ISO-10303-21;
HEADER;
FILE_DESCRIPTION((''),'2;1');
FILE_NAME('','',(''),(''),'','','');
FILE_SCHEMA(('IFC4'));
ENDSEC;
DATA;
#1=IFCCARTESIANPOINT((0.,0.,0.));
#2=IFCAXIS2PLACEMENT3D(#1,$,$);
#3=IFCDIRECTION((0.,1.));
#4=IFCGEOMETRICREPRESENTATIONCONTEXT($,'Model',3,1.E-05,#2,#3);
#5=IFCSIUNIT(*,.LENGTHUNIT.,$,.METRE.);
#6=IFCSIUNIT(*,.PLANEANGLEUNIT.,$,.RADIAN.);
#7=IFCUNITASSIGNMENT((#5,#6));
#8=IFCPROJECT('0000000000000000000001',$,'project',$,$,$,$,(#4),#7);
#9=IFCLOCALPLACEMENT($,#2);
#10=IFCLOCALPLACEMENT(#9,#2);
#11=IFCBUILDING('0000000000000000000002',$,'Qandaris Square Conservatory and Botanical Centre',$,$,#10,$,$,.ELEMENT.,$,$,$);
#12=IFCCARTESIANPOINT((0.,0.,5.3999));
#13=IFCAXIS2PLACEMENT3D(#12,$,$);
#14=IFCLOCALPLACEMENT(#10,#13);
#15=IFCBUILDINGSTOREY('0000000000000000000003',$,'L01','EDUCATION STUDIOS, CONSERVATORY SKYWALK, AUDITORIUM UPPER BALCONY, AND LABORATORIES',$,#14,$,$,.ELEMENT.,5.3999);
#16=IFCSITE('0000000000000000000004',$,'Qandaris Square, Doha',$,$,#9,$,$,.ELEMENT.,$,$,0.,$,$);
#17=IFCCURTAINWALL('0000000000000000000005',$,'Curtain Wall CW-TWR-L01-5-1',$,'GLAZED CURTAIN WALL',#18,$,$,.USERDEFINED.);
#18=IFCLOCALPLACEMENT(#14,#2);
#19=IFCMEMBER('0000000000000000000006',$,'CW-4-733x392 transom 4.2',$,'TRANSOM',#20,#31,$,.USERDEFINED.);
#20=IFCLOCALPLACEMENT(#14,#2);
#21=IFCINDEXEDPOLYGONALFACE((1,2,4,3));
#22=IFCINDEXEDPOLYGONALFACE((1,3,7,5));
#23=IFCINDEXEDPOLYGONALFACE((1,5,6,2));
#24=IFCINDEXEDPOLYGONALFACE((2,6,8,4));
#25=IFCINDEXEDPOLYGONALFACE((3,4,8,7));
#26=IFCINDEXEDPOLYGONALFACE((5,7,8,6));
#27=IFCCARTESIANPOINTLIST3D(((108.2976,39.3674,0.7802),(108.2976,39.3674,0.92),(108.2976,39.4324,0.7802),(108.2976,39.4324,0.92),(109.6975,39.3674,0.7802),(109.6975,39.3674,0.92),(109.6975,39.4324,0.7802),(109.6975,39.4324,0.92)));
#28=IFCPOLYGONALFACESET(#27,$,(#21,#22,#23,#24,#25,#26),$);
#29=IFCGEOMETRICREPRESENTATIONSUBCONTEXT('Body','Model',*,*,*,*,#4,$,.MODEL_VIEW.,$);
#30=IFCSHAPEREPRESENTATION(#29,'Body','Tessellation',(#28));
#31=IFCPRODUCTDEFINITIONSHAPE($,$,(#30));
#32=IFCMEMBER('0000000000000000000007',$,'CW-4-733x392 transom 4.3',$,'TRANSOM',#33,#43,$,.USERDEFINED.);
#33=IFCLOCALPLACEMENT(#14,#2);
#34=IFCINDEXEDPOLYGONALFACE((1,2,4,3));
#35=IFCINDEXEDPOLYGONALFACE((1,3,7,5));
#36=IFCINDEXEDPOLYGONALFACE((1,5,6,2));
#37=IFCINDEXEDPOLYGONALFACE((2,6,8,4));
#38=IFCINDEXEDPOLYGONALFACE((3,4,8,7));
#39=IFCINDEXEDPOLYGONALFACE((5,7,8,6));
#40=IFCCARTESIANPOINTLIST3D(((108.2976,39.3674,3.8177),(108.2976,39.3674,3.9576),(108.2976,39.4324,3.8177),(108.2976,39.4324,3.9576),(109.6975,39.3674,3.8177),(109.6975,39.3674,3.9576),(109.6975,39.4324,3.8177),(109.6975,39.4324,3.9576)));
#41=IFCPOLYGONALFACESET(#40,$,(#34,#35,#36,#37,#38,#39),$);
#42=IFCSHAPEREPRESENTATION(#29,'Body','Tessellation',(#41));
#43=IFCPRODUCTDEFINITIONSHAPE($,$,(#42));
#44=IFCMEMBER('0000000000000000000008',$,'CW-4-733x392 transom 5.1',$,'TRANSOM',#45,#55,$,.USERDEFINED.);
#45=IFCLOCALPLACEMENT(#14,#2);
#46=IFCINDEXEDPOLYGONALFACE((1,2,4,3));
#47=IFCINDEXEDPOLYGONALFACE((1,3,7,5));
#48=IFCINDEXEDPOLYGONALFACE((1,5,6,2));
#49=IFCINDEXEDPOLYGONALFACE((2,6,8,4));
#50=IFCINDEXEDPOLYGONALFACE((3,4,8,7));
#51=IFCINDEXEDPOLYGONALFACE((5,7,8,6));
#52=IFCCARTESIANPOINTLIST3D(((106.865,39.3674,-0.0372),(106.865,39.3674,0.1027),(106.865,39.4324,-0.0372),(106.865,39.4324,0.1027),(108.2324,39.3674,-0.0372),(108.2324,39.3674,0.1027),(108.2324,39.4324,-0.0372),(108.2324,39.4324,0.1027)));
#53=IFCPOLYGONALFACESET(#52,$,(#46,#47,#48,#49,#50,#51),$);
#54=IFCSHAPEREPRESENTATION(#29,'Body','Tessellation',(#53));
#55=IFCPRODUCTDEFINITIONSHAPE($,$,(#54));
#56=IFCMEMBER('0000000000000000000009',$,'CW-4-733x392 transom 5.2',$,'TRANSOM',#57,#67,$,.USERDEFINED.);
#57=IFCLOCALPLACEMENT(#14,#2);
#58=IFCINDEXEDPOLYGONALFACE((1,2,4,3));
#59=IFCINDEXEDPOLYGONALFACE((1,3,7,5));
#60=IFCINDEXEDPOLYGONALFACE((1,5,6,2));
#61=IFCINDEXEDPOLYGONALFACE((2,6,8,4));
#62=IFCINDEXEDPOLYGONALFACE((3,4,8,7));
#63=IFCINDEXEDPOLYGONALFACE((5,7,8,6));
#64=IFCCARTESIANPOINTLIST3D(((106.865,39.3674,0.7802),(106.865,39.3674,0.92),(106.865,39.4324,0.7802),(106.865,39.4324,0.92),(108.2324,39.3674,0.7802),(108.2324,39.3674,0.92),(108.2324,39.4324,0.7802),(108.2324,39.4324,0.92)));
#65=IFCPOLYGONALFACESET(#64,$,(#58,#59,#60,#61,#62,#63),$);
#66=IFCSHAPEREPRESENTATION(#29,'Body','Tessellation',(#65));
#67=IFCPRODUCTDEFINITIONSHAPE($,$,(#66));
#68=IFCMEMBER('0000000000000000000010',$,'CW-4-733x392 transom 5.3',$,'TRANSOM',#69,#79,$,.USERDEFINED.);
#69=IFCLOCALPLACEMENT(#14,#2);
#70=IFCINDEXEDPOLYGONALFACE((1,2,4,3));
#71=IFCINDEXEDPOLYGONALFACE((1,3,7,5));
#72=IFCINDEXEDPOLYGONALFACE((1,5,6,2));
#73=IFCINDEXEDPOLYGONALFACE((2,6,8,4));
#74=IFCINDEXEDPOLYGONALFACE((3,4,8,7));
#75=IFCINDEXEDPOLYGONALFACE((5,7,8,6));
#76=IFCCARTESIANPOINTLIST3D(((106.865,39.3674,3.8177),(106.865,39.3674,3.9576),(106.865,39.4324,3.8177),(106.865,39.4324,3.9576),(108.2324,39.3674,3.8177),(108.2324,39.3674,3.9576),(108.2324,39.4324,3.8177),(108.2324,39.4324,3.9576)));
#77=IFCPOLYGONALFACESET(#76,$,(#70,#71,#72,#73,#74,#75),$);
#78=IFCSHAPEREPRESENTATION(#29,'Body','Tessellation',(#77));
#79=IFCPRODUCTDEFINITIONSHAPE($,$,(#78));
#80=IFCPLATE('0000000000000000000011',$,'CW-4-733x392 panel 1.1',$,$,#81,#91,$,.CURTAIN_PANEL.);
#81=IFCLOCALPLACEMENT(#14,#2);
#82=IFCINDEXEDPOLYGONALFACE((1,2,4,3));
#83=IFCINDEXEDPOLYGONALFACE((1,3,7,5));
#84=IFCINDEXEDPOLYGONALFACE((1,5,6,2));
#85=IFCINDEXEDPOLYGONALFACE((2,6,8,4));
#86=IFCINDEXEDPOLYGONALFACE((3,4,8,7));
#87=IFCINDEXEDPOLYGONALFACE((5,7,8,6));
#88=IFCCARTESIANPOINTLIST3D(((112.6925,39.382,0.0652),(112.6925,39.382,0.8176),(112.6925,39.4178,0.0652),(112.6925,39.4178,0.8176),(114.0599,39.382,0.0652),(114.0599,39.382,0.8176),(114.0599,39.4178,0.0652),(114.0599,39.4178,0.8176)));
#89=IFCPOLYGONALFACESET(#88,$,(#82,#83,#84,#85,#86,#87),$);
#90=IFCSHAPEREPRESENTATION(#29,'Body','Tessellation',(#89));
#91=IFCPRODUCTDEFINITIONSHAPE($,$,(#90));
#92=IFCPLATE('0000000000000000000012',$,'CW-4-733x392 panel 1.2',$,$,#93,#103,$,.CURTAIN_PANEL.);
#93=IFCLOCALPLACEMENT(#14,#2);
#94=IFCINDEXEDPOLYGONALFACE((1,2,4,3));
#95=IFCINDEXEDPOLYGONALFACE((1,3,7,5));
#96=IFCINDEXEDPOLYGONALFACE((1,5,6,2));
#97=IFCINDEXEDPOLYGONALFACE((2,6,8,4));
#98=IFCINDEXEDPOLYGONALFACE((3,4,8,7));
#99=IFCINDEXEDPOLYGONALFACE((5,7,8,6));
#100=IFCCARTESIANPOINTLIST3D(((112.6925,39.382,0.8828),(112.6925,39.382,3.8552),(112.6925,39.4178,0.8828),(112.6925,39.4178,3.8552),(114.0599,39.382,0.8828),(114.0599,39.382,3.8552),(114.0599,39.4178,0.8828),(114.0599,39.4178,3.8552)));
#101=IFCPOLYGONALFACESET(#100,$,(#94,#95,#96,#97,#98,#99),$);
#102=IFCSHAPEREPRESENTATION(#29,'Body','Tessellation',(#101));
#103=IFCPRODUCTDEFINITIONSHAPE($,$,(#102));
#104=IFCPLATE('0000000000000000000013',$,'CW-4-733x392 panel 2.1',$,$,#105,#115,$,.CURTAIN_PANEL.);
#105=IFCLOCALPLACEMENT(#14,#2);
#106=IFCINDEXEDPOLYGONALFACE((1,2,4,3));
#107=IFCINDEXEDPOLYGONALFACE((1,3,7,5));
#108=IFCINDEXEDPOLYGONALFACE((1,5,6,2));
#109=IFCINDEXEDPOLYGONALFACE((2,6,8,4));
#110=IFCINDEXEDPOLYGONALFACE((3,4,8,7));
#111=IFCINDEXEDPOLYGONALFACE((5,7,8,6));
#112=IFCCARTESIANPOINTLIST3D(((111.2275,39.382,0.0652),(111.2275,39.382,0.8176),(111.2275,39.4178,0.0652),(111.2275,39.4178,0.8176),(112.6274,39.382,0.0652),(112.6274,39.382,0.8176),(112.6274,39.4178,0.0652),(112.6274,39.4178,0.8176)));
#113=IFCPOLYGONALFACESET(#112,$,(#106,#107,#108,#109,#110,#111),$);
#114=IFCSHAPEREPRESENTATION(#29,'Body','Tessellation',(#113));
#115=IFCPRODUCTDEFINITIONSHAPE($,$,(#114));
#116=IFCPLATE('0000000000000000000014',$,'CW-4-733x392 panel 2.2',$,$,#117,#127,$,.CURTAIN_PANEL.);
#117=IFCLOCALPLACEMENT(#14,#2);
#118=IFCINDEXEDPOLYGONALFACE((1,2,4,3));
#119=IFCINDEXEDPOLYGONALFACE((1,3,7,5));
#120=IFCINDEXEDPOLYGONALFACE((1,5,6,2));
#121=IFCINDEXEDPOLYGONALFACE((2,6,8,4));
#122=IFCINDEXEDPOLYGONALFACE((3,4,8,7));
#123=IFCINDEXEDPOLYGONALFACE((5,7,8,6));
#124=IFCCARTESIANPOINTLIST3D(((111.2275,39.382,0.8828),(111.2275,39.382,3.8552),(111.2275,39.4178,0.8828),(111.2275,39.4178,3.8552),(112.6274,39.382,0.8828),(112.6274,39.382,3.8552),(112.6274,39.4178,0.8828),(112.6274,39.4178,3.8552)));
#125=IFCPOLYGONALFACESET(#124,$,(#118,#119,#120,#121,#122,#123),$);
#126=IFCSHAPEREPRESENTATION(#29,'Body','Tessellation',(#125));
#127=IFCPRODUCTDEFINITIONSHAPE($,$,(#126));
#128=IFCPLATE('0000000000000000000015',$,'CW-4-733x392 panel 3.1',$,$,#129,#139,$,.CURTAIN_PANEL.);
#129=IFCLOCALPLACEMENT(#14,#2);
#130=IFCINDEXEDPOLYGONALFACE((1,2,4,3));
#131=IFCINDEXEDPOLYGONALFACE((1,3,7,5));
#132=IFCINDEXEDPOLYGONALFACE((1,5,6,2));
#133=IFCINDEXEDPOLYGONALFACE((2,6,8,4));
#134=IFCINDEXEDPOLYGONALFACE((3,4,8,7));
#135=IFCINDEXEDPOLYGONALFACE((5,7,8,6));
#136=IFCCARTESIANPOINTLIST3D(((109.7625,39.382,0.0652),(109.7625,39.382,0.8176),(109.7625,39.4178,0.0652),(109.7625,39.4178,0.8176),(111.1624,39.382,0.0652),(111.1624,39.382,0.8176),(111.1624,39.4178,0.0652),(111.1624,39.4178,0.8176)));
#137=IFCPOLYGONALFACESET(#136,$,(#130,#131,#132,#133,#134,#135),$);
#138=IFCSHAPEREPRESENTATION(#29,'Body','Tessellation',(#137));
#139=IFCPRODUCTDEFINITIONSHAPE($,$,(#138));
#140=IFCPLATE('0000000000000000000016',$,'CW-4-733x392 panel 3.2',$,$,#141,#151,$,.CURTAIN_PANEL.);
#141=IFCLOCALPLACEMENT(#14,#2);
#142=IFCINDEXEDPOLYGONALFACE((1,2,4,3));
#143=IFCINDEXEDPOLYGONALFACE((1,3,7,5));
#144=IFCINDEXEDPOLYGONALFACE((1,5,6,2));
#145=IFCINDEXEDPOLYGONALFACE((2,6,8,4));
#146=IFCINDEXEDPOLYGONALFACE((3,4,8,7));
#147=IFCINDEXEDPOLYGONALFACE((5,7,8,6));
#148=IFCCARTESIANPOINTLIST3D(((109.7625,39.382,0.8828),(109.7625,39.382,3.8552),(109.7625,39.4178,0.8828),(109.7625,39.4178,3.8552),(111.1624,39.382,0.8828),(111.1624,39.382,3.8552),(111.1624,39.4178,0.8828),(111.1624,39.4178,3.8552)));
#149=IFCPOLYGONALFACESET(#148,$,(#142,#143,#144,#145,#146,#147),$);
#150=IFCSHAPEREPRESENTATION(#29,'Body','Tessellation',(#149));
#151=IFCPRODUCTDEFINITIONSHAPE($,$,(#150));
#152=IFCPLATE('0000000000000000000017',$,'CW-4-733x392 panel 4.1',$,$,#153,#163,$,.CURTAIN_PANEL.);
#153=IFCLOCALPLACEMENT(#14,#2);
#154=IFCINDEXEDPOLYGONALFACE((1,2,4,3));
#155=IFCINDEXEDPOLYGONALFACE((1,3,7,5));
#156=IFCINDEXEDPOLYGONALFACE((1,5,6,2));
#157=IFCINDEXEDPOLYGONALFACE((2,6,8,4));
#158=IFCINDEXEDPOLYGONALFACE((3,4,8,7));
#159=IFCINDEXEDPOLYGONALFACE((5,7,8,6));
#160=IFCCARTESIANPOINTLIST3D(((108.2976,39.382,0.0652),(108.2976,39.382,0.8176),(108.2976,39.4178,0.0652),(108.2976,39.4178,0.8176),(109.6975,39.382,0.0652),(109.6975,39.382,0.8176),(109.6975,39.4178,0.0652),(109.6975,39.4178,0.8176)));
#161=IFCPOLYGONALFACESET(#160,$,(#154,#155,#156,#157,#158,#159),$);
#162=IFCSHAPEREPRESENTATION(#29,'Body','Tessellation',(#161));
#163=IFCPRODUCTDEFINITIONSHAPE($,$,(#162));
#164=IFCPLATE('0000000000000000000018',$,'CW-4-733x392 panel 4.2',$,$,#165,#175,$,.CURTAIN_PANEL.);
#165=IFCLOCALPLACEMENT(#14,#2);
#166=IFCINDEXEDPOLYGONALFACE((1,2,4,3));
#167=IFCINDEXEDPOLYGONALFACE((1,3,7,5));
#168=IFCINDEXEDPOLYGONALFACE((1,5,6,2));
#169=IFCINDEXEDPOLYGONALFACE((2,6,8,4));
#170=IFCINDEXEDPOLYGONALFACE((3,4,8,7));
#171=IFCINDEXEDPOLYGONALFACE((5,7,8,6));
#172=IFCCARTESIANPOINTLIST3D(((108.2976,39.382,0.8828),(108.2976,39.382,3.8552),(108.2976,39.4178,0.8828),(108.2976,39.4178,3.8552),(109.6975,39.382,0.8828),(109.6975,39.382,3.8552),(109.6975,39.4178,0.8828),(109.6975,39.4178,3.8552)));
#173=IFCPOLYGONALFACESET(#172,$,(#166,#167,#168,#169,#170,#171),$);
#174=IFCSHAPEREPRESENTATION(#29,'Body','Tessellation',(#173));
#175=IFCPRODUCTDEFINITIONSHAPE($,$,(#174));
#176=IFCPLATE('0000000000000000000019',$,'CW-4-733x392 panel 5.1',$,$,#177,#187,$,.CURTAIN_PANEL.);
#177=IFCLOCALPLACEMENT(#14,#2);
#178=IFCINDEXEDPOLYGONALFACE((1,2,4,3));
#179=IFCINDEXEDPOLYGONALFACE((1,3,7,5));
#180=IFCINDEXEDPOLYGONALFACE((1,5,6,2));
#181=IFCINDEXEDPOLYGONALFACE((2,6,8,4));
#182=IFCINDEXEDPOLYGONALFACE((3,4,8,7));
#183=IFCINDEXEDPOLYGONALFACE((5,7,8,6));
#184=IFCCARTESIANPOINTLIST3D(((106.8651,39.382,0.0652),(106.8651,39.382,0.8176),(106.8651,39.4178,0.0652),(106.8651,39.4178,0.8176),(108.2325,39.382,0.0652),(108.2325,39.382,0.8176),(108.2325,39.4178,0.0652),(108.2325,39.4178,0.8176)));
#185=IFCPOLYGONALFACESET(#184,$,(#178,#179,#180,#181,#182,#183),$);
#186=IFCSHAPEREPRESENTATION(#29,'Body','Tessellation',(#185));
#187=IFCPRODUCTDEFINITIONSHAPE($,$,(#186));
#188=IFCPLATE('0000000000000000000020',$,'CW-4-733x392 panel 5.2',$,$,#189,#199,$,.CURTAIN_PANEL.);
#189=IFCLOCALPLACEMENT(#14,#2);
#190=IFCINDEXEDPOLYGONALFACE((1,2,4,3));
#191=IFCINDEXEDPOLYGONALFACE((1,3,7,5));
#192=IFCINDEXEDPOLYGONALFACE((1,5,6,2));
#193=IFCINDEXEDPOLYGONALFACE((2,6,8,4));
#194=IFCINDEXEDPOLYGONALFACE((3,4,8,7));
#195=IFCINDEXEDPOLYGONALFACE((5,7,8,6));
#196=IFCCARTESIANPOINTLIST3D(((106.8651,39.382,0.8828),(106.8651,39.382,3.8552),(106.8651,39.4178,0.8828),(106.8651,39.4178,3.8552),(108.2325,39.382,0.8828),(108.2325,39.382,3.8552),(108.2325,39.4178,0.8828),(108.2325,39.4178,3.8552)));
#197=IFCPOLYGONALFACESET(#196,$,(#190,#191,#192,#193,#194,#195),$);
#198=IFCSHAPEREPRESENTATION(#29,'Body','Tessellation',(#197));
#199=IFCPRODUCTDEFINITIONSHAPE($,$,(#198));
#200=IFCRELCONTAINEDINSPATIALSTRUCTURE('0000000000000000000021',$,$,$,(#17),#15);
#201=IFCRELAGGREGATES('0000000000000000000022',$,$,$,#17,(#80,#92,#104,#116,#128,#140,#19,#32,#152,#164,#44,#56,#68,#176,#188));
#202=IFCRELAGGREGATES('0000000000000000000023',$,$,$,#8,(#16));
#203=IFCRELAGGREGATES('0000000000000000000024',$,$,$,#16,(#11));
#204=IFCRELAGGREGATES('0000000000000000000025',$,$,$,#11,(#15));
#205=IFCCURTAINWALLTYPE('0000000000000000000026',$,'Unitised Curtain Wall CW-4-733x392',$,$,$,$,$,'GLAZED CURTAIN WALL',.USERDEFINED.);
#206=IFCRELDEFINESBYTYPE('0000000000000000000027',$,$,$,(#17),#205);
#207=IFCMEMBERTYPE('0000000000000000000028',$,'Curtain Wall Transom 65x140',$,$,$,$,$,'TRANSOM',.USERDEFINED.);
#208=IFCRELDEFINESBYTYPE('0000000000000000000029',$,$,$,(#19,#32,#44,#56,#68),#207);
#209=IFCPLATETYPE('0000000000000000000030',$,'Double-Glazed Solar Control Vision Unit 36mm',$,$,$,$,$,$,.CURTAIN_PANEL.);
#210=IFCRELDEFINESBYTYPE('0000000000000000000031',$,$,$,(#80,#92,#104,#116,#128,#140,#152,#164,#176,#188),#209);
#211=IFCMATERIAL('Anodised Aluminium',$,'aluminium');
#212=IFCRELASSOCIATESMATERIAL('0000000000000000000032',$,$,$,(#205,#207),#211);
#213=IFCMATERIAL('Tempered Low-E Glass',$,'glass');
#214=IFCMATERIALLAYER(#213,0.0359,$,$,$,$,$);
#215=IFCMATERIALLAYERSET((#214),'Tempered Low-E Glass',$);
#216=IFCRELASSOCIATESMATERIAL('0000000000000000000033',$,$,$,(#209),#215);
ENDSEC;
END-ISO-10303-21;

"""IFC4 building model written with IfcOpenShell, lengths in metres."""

from ifc_helpers import new_model, si_unit, direction, frame, origin, origin_2d, place, context, subcontext, project, spatial, rectangle, extrude, material, layer, layer_set, material_profile, profile_set, type_object, element, aggregate, save


model = new_model("IFC4")

# Units and contexts
model_context = context("Model", 3, precision=1e-05, world=origin(), true_north=direction((0.0, 1.0)))
body_context = subcontext(model_context, "Body", "Model", "MODEL_VIEW")
ifc_project = project(units=[si_unit("LENGTHUNIT", "METRE"), si_unit("PLANEANGLEUNIT", "RADIAN")], contexts=[model_context])

# Site, building, storey
site_placement = place(None, origin())
site = spatial("IfcSite", under=ifc_project, at=site_placement, Name="Qandaris Square, Doha", CompositionType="ELEMENT", RefElevation=0.0)
building_placement = place(site_placement, origin())
building = spatial("IfcBuilding", under=site, at=building_placement, Name="Qandaris Square Conservatory and Botanical Centre", CompositionType="ELEMENT")
storey_placement = place(building_placement, frame((0.0, 0.0, 5.3999)))
storey = spatial("IfcBuildingStorey", under=building, at=storey_placement, Name="L01", Description="EDUCATION STUDIOS, CONSERVATORY SKYWALK, AUDITORIUM UPPER BALCONY, AND LABORATORIES", CompositionType="ELEMENT", Elevation=5.3999)

# Curtain wall, members, plates
ifc_material_1 = material(Name="Anodised Aluminium", Category="aluminium")
curtain_wall_type = type_object("IfcCurtainWallType", Name="Unitised Curtain Wall CW-4-733x392", ElementType="GLAZED CURTAIN WALL", PredefinedType="USERDEFINED", material=ifc_material_1)
curtain_wall_placement = place(storey_placement, origin())
curtain_wall = element("IfcCurtainWall", 1, at=curtain_wall_placement, inside=storey, type_object=curtain_wall_type, Name="Curtain Wall CW-TWR-L01-5-1", ObjectType="GLAZED CURTAIN WALL", PredefinedType="USERDEFINED")
ifc_material_profile_1 = material_profile(ifc_material_1, rectangle(XDim=0.0649, YDim=0.1399, at=origin_2d()), Name="ALU-TRN 65x140")
ifc_profile_set_1 = profile_set([ifc_material_profile_1], Name="Anodised Aluminium")
member_type_1 = type_object("IfcMemberType", Name="Curtain Wall Transom 65x140", ElementType="TRANSOM", PredefinedType="USERDEFINED", material=ifc_profile_set_1)
member_1_placement = place(storey_placement, frame((109.6975, 39.3999, 0.8501), z_axis=(-1.0, 0.0, 0.0), x_axis=(0.0, -1.0, 0.0)))
member_1 = element("IfcMember", 2, at=member_1_placement, type_object=member_type_1, Name="CW-4-733x392 transom 4.2", ObjectType="TRANSOM", PredefinedType="USERDEFINED", context=body_context, shape_type="SweptSolid", body=[
    extrude(rectangle(XDim=0.0649, YDim=0.1399, at=origin_2d()), origin(), (0.0, 0.0, 1.0), 1.3999),
])
member_2_placement = place(storey_placement, frame((109.6975, 39.3999, 3.8877), z_axis=(-1.0, 0.0, 0.0), x_axis=(0.0, -1.0, 0.0)))
member_2 = element("IfcMember", 3, at=member_2_placement, type_object=member_type_1, Name="CW-4-733x392 transom 4.3", ObjectType="TRANSOM", PredefinedType="USERDEFINED", context=body_context, shape_type="SweptSolid", body=[
    extrude(rectangle(XDim=0.0649, YDim=0.1399, at=origin_2d()), origin(), (0.0, 0.0, 1.0), 1.3999),
])
member_3_placement = place(storey_placement, frame((108.2324, 39.3999, 0.0327), z_axis=(-1.0, 0.0, 0.0), x_axis=(0.0, -1.0, 0.0)))
member_3 = element("IfcMember", 4, at=member_3_placement, type_object=member_type_1, Name="CW-4-733x392 transom 5.1", ObjectType="TRANSOM", PredefinedType="USERDEFINED", context=body_context, shape_type="SweptSolid", body=[
    extrude(rectangle(XDim=0.0649, YDim=0.1399, at=origin_2d()), origin(), (0.0, 0.0, 1.0), 1.3674),
])
member_4_placement = place(storey_placement, frame((108.2324, 39.3999, 0.8501), z_axis=(-1.0, 0.0, 0.0), x_axis=(0.0, -1.0, 0.0)))
member_4 = element("IfcMember", 5, at=member_4_placement, type_object=member_type_1, Name="CW-4-733x392 transom 5.2", ObjectType="TRANSOM", PredefinedType="USERDEFINED", context=body_context, shape_type="SweptSolid", body=[
    extrude(rectangle(XDim=0.0649, YDim=0.1399, at=origin_2d()), origin(), (0.0, 0.0, 1.0), 1.3674),
])
member_5_placement = place(storey_placement, frame((108.2324, 39.3999, 3.8877), z_axis=(-1.0, 0.0, 0.0), x_axis=(0.0, -1.0, 0.0)))
member_5 = element("IfcMember", 6, at=member_5_placement, type_object=member_type_1, Name="CW-4-733x392 transom 5.3", ObjectType="TRANSOM", PredefinedType="USERDEFINED", context=body_context, shape_type="SweptSolid", body=[
    extrude(rectangle(XDim=0.0649, YDim=0.1399, at=origin_2d()), origin(), (0.0, 0.0, 1.0), 1.3674),
])
ifc_material_2 = material(Name="Tempered Low-E Glass", Category="glass")
ifc_layer = layer(ifc_material_2, 0.0359)
ifc_layer_set = layer_set([ifc_layer], Name="Tempered Low-E Glass")
plate_type = type_object("IfcPlateType", Name="Double-Glazed Solar Control Vision Unit 36mm", PredefinedType="CURTAIN_PANEL", material=ifc_layer_set)
plate_1_placement = place(storey_placement, frame((113.3762, 39.3999, 0.0652), z_axis=(0.0, 0.0, 1.0), x_axis=(-1.0, 0.0, 0.0)))
plate_1 = element("IfcPlate", 7, at=plate_1_placement, type_object=plate_type, Name="CW-4-733x392 panel 1.1", PredefinedType="CURTAIN_PANEL", context=body_context, shape_type="SweptSolid", body=[
    extrude(rectangle(XDim=1.3674, YDim=0.0359, at=origin_2d()), origin(), (0.0, 0.0, 1.0), 0.7524),
])
plate_2_placement = place(storey_placement, frame((113.3762, 39.3999, 0.8828), z_axis=(0.0, 0.0, 1.0), x_axis=(-1.0, 0.0, 0.0)))
plate_2 = element("IfcPlate", 8, at=plate_2_placement, type_object=plate_type, Name="CW-4-733x392 panel 1.2", PredefinedType="CURTAIN_PANEL", context=body_context, shape_type="SweptSolid", body=[
    extrude(rectangle(XDim=1.3674, YDim=0.0359, at=origin_2d()), origin(), (0.0, 0.0, 1.0), 2.9724),
])
plate_3_placement = place(storey_placement, frame((111.9275, 39.3999, 0.0652), z_axis=(0.0, 0.0, 1.0), x_axis=(-1.0, 0.0, 0.0)))
plate_3 = element("IfcPlate", 9, at=plate_3_placement, type_object=plate_type, Name="CW-4-733x392 panel 2.1", PredefinedType="CURTAIN_PANEL", context=body_context, shape_type="SweptSolid", body=[
    extrude(rectangle(XDim=1.3999, YDim=0.0359, at=origin_2d()), origin(), (0.0, 0.0, 1.0), 0.7524),
])
plate_4_placement = place(storey_placement, frame((111.9275, 39.3999, 0.8828), z_axis=(0.0, 0.0, 1.0), x_axis=(-1.0, 0.0, 0.0)))
plate_4 = element("IfcPlate", 10, at=plate_4_placement, type_object=plate_type, Name="CW-4-733x392 panel 2.2", PredefinedType="CURTAIN_PANEL", context=body_context, shape_type="SweptSolid", body=[
    extrude(rectangle(XDim=1.3999, YDim=0.0359, at=origin_2d()), origin(), (0.0, 0.0, 1.0), 2.9724),
])
plate_5_placement = place(storey_placement, frame((110.4624, 39.3999, 0.0652), z_axis=(0.0, 0.0, 1.0), x_axis=(-1.0, 0.0, 0.0)))
plate_5 = element("IfcPlate", 11, at=plate_5_placement, type_object=plate_type, Name="CW-4-733x392 panel 3.1", PredefinedType="CURTAIN_PANEL", context=body_context, shape_type="SweptSolid", body=[
    extrude(rectangle(XDim=1.3999, YDim=0.0359, at=origin_2d()), origin(), (0.0, 0.0, 1.0), 0.7524),
])
plate_6_placement = place(storey_placement, frame((110.4624, 39.3999, 0.8828), z_axis=(0.0, 0.0, 1.0), x_axis=(-1.0, 0.0, 0.0)))
plate_6 = element("IfcPlate", 12, at=plate_6_placement, type_object=plate_type, Name="CW-4-733x392 panel 3.2", PredefinedType="CURTAIN_PANEL", context=body_context, shape_type="SweptSolid", body=[
    extrude(rectangle(XDim=1.3999, YDim=0.0359, at=origin_2d()), origin(), (0.0, 0.0, 1.0), 2.9724),
])
plate_7_placement = place(storey_placement, frame((108.9976, 39.3999, 0.0652), z_axis=(0.0, 0.0, 1.0), x_axis=(-1.0, 0.0, 0.0)))
plate_7 = element("IfcPlate", 13, at=plate_7_placement, type_object=plate_type, Name="CW-4-733x392 panel 4.1", PredefinedType="CURTAIN_PANEL", context=body_context, shape_type="SweptSolid", body=[
    extrude(rectangle(XDim=1.3999, YDim=0.0359, at=origin_2d()), origin(), (0.0, 0.0, 1.0), 0.7524),
])
plate_8_placement = place(storey_placement, frame((108.9976, 39.3999, 0.8828), z_axis=(0.0, 0.0, 1.0), x_axis=(-1.0, 0.0, 0.0)))
plate_8 = element("IfcPlate", 14, at=plate_8_placement, type_object=plate_type, Name="CW-4-733x392 panel 4.2", PredefinedType="CURTAIN_PANEL", context=body_context, shape_type="SweptSolid", body=[
    extrude(rectangle(XDim=1.3999, YDim=0.0359, at=origin_2d()), origin(), (0.0, 0.0, 1.0), 2.9724),
])
plate_9_placement = place(storey_placement, frame((107.5488, 39.3999, 0.0652), z_axis=(0.0, 0.0, 1.0), x_axis=(-1.0, 0.0, 0.0)))
plate_9 = element("IfcPlate", 15, at=plate_9_placement, type_object=plate_type, Name="CW-4-733x392 panel 5.1", PredefinedType="CURTAIN_PANEL", context=body_context, shape_type="SweptSolid", body=[
    extrude(rectangle(XDim=1.3674, YDim=0.0359, at=origin_2d()), origin(), (0.0, 0.0, 1.0), 0.7524),
])
plate_10_placement = place(storey_placement, frame((107.5488, 39.3999, 0.8828), z_axis=(0.0, 0.0, 1.0), x_axis=(-1.0, 0.0, 0.0)))
plate_10 = element("IfcPlate", 16, at=plate_10_placement, type_object=plate_type, Name="CW-4-733x392 panel 5.2", PredefinedType="CURTAIN_PANEL", context=body_context, shape_type="SweptSolid", body=[
    extrude(rectangle(XDim=1.3674, YDim=0.0359, at=origin_2d()), origin(), (0.0, 0.0, 1.0), 2.9724),
])
aggregate(curtain_wall, [plate_1, plate_2, plate_3, plate_4, plate_5, plate_6, member_1, member_2, plate_7, plate_8, member_3, member_4, member_5, plate_9, plate_10])

save(model, "model.ifc")
